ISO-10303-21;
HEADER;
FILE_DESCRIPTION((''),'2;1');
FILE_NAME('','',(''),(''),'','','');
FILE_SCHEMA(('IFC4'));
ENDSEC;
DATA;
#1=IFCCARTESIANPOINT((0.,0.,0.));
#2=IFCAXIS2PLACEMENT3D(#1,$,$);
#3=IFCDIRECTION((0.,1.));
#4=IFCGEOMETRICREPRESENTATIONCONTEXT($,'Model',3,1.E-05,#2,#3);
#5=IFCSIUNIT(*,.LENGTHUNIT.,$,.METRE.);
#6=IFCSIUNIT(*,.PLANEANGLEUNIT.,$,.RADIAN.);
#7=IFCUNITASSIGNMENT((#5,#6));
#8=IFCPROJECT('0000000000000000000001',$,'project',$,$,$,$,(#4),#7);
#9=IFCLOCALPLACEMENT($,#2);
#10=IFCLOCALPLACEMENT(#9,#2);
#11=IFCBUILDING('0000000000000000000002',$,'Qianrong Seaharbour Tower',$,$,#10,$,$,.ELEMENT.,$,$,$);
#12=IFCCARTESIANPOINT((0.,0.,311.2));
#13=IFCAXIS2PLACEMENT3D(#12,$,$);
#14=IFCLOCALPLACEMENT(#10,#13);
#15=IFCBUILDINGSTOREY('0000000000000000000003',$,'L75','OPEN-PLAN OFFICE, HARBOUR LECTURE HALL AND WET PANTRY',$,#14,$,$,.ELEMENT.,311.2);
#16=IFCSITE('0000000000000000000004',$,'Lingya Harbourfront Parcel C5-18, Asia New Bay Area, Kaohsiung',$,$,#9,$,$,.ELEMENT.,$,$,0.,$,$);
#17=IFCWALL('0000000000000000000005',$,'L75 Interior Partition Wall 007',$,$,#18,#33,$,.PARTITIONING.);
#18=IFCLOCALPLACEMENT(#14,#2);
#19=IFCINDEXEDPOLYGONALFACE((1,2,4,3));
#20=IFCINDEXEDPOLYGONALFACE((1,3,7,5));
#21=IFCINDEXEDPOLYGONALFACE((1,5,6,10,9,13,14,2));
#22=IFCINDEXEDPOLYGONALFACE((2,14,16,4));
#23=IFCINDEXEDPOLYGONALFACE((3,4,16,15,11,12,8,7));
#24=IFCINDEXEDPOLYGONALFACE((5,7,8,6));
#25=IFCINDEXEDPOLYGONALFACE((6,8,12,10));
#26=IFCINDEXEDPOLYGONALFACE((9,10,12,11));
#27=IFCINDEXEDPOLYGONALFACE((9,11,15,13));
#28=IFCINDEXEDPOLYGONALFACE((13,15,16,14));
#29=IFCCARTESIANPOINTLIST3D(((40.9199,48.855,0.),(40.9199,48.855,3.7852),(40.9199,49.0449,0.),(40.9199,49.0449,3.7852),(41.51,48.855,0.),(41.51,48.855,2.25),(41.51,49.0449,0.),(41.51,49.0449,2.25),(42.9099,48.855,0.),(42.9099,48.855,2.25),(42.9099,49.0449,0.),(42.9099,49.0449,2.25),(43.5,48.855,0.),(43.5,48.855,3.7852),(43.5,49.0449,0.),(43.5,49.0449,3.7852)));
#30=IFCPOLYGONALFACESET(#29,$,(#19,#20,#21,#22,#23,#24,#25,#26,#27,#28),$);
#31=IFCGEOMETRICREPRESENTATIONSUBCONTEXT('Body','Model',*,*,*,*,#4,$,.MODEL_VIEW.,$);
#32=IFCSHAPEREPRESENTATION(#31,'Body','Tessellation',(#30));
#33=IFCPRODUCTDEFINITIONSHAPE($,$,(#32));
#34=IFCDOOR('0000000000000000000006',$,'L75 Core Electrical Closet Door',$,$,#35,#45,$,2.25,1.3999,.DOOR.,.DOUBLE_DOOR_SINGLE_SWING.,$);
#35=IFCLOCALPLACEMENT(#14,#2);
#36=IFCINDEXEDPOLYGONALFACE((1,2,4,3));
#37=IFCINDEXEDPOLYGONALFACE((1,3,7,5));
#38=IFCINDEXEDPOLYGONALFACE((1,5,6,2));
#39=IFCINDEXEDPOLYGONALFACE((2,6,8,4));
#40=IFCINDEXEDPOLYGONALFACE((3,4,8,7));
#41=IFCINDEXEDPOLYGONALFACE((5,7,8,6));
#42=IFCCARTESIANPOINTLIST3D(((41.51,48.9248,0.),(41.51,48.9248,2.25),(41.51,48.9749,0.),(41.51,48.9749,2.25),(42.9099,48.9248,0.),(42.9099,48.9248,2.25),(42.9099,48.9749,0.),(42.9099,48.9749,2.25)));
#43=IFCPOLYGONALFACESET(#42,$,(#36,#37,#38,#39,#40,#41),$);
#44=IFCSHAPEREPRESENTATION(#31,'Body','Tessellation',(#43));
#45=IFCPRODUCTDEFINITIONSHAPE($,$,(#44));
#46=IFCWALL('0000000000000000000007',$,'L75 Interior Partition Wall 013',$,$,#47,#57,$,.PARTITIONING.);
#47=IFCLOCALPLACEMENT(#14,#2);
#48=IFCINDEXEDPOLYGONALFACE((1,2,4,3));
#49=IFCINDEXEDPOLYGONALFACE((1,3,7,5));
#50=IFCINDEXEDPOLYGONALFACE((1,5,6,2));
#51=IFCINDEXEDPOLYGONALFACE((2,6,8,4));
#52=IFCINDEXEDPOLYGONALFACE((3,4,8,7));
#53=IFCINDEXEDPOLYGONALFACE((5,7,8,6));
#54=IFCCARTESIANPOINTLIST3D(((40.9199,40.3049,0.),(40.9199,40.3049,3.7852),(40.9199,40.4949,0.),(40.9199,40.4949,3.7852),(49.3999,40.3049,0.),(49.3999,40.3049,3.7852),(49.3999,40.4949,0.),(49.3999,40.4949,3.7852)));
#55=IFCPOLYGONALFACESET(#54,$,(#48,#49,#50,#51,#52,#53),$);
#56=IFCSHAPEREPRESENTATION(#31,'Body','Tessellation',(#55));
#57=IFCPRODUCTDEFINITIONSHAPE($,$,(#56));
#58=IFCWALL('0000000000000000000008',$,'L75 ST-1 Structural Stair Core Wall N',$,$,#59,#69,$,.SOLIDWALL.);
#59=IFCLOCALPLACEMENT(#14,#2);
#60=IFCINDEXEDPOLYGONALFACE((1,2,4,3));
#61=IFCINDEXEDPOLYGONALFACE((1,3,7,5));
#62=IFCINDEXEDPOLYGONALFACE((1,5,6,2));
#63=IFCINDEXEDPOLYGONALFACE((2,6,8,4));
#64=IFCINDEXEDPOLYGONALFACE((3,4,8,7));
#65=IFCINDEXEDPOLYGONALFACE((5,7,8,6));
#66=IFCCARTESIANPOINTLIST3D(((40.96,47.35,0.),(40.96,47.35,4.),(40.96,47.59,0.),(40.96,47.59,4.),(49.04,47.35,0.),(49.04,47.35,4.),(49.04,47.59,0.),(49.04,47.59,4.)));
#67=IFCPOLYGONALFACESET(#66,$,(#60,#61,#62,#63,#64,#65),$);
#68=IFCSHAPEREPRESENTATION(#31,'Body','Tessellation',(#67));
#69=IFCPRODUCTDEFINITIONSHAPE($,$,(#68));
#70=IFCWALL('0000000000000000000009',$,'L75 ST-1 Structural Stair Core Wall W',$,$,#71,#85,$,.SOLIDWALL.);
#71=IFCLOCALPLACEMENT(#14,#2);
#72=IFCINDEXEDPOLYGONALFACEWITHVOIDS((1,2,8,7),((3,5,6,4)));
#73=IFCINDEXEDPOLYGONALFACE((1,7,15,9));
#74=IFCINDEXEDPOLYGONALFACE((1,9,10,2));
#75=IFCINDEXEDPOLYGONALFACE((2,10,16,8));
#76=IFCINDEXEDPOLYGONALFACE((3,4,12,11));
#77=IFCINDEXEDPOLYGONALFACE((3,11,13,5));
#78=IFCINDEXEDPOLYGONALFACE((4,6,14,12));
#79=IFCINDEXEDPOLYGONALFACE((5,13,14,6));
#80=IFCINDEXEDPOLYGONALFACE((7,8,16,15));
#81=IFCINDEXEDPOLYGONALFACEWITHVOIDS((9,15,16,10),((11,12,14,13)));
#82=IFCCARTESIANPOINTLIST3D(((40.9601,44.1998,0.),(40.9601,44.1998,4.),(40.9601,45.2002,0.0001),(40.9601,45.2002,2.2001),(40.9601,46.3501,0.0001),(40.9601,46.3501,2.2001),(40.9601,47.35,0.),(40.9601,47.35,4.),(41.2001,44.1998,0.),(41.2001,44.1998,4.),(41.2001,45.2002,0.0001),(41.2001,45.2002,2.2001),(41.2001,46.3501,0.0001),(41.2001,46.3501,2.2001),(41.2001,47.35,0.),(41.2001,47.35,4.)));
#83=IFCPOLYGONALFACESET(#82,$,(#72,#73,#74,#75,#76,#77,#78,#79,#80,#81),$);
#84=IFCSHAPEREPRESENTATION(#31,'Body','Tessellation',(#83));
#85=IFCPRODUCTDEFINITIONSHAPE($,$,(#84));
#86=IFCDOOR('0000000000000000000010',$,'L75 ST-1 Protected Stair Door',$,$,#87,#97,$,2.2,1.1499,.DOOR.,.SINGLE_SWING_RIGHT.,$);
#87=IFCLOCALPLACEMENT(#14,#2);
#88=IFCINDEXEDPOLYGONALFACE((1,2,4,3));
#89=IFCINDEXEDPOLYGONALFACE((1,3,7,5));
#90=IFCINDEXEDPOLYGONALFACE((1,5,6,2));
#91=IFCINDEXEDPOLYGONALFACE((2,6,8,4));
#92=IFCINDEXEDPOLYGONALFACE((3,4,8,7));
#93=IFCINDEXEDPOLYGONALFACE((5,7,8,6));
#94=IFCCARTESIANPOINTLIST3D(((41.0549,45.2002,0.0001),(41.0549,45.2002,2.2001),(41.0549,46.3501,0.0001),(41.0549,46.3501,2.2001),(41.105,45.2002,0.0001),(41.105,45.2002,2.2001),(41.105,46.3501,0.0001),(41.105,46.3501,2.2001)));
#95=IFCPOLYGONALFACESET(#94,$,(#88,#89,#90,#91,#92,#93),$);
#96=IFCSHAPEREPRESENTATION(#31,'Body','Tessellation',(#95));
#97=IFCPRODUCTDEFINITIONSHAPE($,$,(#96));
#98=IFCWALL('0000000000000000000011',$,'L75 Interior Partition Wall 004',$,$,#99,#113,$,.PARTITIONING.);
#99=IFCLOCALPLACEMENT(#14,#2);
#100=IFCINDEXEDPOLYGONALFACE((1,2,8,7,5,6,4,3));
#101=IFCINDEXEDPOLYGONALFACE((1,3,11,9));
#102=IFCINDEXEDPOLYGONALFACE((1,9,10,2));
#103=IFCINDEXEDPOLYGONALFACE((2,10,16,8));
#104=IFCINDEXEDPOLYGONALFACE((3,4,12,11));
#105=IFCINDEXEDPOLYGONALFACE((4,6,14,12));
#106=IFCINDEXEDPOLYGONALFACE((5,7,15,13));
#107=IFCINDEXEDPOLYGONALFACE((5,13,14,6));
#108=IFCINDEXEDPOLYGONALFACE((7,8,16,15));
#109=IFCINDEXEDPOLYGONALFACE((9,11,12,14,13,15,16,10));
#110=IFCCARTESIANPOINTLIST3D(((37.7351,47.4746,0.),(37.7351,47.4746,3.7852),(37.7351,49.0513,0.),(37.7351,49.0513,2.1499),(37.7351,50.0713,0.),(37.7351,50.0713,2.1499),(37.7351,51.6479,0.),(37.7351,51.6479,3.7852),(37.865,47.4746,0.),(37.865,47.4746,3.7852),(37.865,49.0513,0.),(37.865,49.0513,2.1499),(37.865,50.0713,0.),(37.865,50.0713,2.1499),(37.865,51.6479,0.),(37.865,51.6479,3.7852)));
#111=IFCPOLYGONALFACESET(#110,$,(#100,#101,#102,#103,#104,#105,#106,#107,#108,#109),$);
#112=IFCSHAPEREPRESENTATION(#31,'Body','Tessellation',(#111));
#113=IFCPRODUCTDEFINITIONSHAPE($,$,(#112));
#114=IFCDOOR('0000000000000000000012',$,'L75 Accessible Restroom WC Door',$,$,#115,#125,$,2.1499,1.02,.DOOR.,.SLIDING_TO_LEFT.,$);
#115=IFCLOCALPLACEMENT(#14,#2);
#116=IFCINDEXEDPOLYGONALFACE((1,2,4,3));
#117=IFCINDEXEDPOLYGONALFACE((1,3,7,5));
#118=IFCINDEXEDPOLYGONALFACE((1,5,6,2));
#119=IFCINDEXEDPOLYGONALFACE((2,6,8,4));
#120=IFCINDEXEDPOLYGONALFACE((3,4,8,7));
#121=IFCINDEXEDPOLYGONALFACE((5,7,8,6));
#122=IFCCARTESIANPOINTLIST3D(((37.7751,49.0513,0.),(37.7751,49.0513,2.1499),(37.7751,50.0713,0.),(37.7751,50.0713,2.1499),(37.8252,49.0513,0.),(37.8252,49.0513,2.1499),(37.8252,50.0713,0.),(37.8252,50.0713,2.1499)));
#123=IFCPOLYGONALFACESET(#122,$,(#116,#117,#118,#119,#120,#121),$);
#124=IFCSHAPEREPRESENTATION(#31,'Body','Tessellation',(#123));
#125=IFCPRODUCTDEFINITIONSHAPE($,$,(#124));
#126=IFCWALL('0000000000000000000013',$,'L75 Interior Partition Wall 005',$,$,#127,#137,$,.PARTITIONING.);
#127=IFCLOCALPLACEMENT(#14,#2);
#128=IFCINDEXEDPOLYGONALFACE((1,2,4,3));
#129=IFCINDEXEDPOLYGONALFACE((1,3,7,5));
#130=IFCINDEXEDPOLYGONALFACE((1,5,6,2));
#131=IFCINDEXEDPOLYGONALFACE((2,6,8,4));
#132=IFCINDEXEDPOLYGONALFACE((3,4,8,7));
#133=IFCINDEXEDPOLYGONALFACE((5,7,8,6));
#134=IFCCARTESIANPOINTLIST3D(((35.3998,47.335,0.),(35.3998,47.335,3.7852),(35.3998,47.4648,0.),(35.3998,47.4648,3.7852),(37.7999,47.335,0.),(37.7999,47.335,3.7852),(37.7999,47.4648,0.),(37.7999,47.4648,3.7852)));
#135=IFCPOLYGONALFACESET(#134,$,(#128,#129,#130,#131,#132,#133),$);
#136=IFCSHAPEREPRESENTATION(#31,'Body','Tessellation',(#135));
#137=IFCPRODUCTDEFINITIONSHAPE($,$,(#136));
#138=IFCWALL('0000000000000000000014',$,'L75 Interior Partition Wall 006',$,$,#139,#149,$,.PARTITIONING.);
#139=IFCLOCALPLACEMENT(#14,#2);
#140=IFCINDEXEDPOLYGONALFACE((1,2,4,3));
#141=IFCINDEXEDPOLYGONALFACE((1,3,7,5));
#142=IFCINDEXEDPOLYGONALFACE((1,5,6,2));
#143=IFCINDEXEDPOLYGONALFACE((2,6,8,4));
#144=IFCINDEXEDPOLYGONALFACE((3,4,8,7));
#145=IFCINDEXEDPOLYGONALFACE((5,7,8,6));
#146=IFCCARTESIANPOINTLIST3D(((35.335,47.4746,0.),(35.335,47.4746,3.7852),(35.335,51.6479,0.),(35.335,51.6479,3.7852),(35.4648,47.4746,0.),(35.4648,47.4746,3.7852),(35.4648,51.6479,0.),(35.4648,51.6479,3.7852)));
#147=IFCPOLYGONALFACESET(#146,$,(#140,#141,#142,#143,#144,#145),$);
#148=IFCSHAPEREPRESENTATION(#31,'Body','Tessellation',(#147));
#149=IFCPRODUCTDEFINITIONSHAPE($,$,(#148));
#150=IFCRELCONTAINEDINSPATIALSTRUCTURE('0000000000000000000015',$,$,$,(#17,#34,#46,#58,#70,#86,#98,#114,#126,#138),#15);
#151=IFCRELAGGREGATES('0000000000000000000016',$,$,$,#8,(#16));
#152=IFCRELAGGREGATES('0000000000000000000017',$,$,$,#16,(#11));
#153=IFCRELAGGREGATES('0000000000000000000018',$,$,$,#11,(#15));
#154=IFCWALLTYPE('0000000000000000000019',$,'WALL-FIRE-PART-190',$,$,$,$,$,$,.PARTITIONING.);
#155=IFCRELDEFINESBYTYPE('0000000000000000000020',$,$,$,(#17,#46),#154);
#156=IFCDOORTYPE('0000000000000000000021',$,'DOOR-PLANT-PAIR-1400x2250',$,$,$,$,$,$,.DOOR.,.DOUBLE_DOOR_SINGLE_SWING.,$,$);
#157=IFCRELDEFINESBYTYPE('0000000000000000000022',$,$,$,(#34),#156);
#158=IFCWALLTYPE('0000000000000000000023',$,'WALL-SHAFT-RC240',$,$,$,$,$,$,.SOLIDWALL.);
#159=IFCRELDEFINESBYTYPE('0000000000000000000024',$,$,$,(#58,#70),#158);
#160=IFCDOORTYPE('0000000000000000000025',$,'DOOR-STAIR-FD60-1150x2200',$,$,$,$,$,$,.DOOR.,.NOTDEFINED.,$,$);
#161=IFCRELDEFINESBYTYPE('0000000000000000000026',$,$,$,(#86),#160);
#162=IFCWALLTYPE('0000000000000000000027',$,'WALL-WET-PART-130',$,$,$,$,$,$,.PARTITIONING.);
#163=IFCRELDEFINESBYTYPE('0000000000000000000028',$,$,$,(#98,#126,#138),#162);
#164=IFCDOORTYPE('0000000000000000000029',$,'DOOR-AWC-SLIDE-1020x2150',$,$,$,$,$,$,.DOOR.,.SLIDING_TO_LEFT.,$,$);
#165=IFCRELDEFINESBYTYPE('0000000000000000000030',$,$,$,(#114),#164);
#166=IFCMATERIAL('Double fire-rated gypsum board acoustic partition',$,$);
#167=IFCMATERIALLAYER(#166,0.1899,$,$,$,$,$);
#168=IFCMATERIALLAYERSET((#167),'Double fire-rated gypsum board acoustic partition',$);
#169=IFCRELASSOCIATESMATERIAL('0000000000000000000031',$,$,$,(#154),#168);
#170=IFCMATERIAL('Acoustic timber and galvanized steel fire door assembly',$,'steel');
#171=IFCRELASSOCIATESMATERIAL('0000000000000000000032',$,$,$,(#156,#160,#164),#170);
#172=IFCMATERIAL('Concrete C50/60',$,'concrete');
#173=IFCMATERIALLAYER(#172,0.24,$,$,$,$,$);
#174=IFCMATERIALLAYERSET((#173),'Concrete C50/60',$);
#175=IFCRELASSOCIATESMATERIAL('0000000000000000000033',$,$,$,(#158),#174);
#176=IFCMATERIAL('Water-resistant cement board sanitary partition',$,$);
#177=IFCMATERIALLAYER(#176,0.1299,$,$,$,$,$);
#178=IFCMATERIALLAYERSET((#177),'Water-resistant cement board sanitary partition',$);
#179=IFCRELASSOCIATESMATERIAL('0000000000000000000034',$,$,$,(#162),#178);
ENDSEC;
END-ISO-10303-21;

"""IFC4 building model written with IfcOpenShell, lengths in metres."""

from ifc_helpers import new_model, si_unit, direction, frame, frame_2d, origin, place, context, subcontext, project, spatial, rectangle, extrude, material, layer, layer_set, type_object, element, fill, save


model = new_model("IFC4")

# Units and contexts
model_context = context("Model", 3, precision=1e-05, world=origin(), true_north=direction((0.0, 1.0)))
body_context = subcontext(model_context, "Body", "Model", "MODEL_VIEW")
ifc_project = project(units=[si_unit("LENGTHUNIT", "METRE"), si_unit("PLANEANGLEUNIT", "RADIAN")], contexts=[model_context])

# Site, building, storey
site_placement = place(None, origin())
site = spatial("IfcSite", under=ifc_project, at=site_placement, Name="Lingya Harbourfront Parcel C5-18, Asia New Bay Area, Kaohsiung", CompositionType="ELEMENT", RefElevation=0.0)
building_placement = place(site_placement, origin())
building = spatial("IfcBuilding", under=site, at=building_placement, Name="Qianrong Seaharbour Tower", CompositionType="ELEMENT")
storey_placement = place(building_placement, frame((0.0, 0.0, 311.2)))
storey = spatial("IfcBuildingStorey", under=building, at=storey_placement, Name="L75", Description="OPEN-PLAN OFFICE, HARBOUR LECTURE HALL AND WET PANTRY", CompositionType="ELEMENT", Elevation=311.2)

# Shared definitions
ifc_material_1 = material(Name="Concrete C50/60", Category="concrete")

# Shared definitions
ifc_material_2 = material(Name="Acoustic timber and galvanized steel fire door assembly", Category="steel")

# Wall, opening, door
ifc_material_3 = material(Name="Double fire-rated gypsum board acoustic partition")
ifc_layer_1 = layer(ifc_material_3, 0.1899)
ifc_layer_set_1 = layer_set([ifc_layer_1], Name="Double fire-rated gypsum board acoustic partition")
wall_type_1 = type_object("IfcWallType", Name="WALL-FIRE-PART-190", PredefinedType="PARTITIONING", material=ifc_layer_set_1)
wall_1_placement = place(storey_placement, frame((40.9199, 48.95, 0.0), z_axis=(0.0, 0.0, 1.0), x_axis=(1.0, 0.0, 0.0)))
wall_1 = element("IfcWall", 1, at=wall_1_placement, inside=storey, type_object=wall_type_1, Name="L75 Interior Partition Wall 007", PredefinedType="PARTITIONING", context=body_context, shape_type="SweptSolid", body=[
    extrude(rectangle(XDim=2.5801, YDim=0.1899, at=frame_2d((1.29, 0.0))), origin(), (0.0, 0.0, 1.0), 3.7852),
])
opening_1_placement = place(wall_1_placement, frame((0.5901, 0.0, 0.0)))
opening_1 = element("IfcOpeningElement", 2, at=opening_1_placement, cuts=wall_1, PredefinedType="OPENING", context=body_context, shape_type="SweptSolid", body=[
    extrude(rectangle(XDim=1.3999, YDim=2.25, at=frame_2d((0.7, 1.125))), frame((0.0, 0.105, 0.0), z_axis=(0.0, -1.0, 0.0), x_axis=(1.0, 0.0, 0.0)), (0.0, 0.0, 1.0), 0.21),
])
door_type_1 = type_object("IfcDoorType", Name="DOOR-PLANT-PAIR-1400x2250", OperationType="DOUBLE_DOOR_SINGLE_SWING", PredefinedType="DOOR", material=ifc_material_2)
door_1_placement = place(opening_1_placement, origin())
door_1 = element("IfcDoor", 3, at=door_1_placement, inside=storey, type_object=door_type_1, Name="L75 Core Electrical Closet Door", OperationType="DOUBLE_DOOR_SINGLE_SWING", OverallHeight=2.25, OverallWidth=1.3999, PredefinedType="DOOR", context=body_context, shape_type="SweptSolid", body=[
    extrude(rectangle(XDim=1.3999, YDim=2.25, at=frame_2d((0.7, 1.125))), frame((0.0, 0.0249, 0.0), z_axis=(0.0, -1.0, 0.0), x_axis=(1.0, 0.0, 0.0)), (0.0, 0.0, 1.0), 0.05),
])
fill(opening_1, door_1)

# Walls
wall_2_placement = place(storey_placement, frame((40.9199, 40.3999, 0.0), z_axis=(0.0, 0.0, 1.0), x_axis=(1.0, 0.0, 0.0)))
element("IfcWall", 4, at=wall_2_placement, inside=storey, type_object=wall_type_1, Name="L75 Interior Partition Wall 013", PredefinedType="PARTITIONING", context=body_context, shape_type="SweptSolid", body=[
    extrude(rectangle(XDim=8.48, YDim=0.1899, at=frame_2d((4.24, 0.0))), origin(), (0.0, 0.0, 1.0), 3.7852),
])
ifc_layer_2 = layer(ifc_material_1, 0.24)
ifc_layer_set_2 = layer_set([ifc_layer_2], Name="Concrete C50/60")
wall_type_2 = type_object("IfcWallType", Name="WALL-SHAFT-RC240", PredefinedType="SOLIDWALL", material=ifc_layer_set_2)
wall_3_placement = place(storey_placement, frame((40.96, 47.47, 0.0), z_axis=(0.0, 0.0, 1.0), x_axis=(1.0, 0.0, 0.0)))
element("IfcWall", 5, at=wall_3_placement, inside=storey, type_object=wall_type_2, Name="L75 ST-1 Structural Stair Core Wall N", PredefinedType="SOLIDWALL", context=body_context, shape_type="SweptSolid", body=[
    extrude(rectangle(XDim=8.0801, YDim=0.24, at=frame_2d((4.04, 0.0))), origin(), (0.0, 0.0, 1.0), 4.0),
])

# Walls, openings, doors
wall_4_placement = place(storey_placement, frame((41.0801, 47.3501, 0.0), z_axis=(0.0, 0.0, 1.0), x_axis=(0.0, -1.0, 0.0)))
wall_4 = element("IfcWall", 6, at=wall_4_placement, inside=storey, type_object=wall_type_2, Name="L75 ST-1 Structural Stair Core Wall W", PredefinedType="SOLIDWALL", context=body_context, shape_type="SweptSolid", body=[
    extrude(rectangle(XDim=3.1501, YDim=0.24, at=frame_2d((1.5752, 0.0))), origin(), (0.0, 0.0, 1.0), 4.0),
])
opening_2_placement = place(wall_4_placement, frame((1.0, 0.0, 0.0)))
opening_2 = element("IfcOpeningElement", 7, at=opening_2_placement, cuts=wall_4, PredefinedType="OPENING", context=body_context, shape_type="SweptSolid", body=[
    extrude(rectangle(XDim=1.1499, YDim=2.2, at=frame_2d((0.575, 1.1001))), frame((0.0, 0.1299, 0.0), z_axis=(0.0, -1.0, 0.0), x_axis=(1.0, 0.0, 0.0)), (0.0, 0.0, 1.0), 0.26),
])
door_type_2 = type_object("IfcDoorType", Name="DOOR-STAIR-FD60-1150x2200", OperationType="NOTDEFINED", PredefinedType="DOOR", material=ifc_material_2)
door_2_placement = place(opening_2_placement, origin())
door_2 = element("IfcDoor", 8, at=door_2_placement, inside=storey, type_object=door_type_2, Name="L75 ST-1 Protected Stair Door", OperationType="SINGLE_SWING_RIGHT", OverallHeight=2.2, OverallWidth=1.1499, PredefinedType="DOOR", context=body_context, shape_type="SweptSolid", body=[
    extrude(rectangle(XDim=1.1499, YDim=2.2, at=frame_2d((0.575, 1.1001))), frame((0.0, 0.0249, 0.0), z_axis=(0.0, -1.0, 0.0), x_axis=(1.0, 0.0, 0.0)), (0.0, 0.0, 1.0), 0.05),
])
fill(opening_2, door_2)
ifc_material_4 = material(Name="Water-resistant cement board sanitary partition")
ifc_layer_3 = layer(ifc_material_4, 0.1299)
ifc_layer_set_3 = layer_set([ifc_layer_3], Name="Water-resistant cement board sanitary partition")
wall_type_3 = type_object("IfcWallType", Name="WALL-WET-PART-130", PredefinedType="PARTITIONING", material=ifc_layer_set_3)
wall_5_placement = place(storey_placement, frame((37.8, 47.4746, 0.0), z_axis=(0.0, 0.0, 1.0), x_axis=(0.0, 1.0, 0.0)))
wall_5 = element("IfcWall", 9, at=wall_5_placement, inside=storey, type_object=wall_type_3, Name="L75 Interior Partition Wall 004", PredefinedType="PARTITIONING", context=body_context, shape_type="SweptSolid", body=[
    extrude(rectangle(XDim=4.1733, YDim=0.1299, at=frame_2d((2.0867, 0.0))), origin(), (0.0, 0.0, 1.0), 3.7852),
])
opening_3_placement = place(wall_5_placement, frame((1.5767, 0.0, 0.0)))
opening_3 = element("IfcOpeningElement", 10, at=opening_3_placement, cuts=wall_5, PredefinedType="OPENING", context=body_context, shape_type="SweptSolid", body=[
    extrude(rectangle(XDim=1.02, YDim=2.1499, at=frame_2d((0.51, 1.075))), frame((0.0, 0.075, 0.0), z_axis=(0.0, -1.0, 0.0), x_axis=(1.0, 0.0, 0.0)), (0.0, 0.0, 1.0), 0.1499),
])
door_type_3 = type_object("IfcDoorType", Name="DOOR-AWC-SLIDE-1020x2150", OperationType="SLIDING_TO_LEFT", PredefinedType="DOOR", material=ifc_material_2)
door_3_placement = place(opening_3_placement, origin())
door_3 = element("IfcDoor", 11, at=door_3_placement, inside=storey, type_object=door_type_3, Name="L75 Accessible Restroom WC Door", OperationType="SLIDING_TO_LEFT", OverallHeight=2.1499, OverallWidth=1.02, PredefinedType="DOOR", context=body_context, shape_type="SweptSolid", body=[
    extrude(rectangle(XDim=1.02, YDim=2.1499, at=frame_2d((0.51, 1.075))), frame((0.0, 0.0249, 0.0), z_axis=(0.0, -1.0, 0.0), x_axis=(1.0, 0.0, 0.0)), (0.0, 0.0, 1.0), 0.05),
])
fill(opening_3, door_3)

# Walls
wall_6_placement = place(storey_placement, frame((37.8, 47.3999, 0.0), z_axis=(0.0, 0.0, 1.0), x_axis=(-1.0, 0.0, 0.0)))
element("IfcWall", 12, at=wall_6_placement, inside=storey, type_object=wall_type_3, Name="L75 Interior Partition Wall 005", PredefinedType="PARTITIONING", context=body_context, shape_type="SweptSolid", body=[
    extrude(rectangle(XDim=2.4001, YDim=0.1299, at=frame_2d((1.2002, 0.0))), origin(), (0.0, 0.0, 1.0), 3.7852),
])
wall_7_placement = place(storey_placement, frame((35.3999, 47.4746, 0.0), z_axis=(0.0, 0.0, 1.0), x_axis=(0.0, 1.0, 0.0)))
element("IfcWall", 13, at=wall_7_placement, inside=storey, type_object=wall_type_3, Name="L75 Interior Partition Wall 006", PredefinedType="PARTITIONING", context=body_context, shape_type="SweptSolid", body=[
    extrude(rectangle(XDim=4.1733, YDim=0.1299, at=frame_2d((2.0867, 0.0))), origin(), (0.0, 0.0, 1.0), 3.7852),
])

save(model, "model.ifc")
